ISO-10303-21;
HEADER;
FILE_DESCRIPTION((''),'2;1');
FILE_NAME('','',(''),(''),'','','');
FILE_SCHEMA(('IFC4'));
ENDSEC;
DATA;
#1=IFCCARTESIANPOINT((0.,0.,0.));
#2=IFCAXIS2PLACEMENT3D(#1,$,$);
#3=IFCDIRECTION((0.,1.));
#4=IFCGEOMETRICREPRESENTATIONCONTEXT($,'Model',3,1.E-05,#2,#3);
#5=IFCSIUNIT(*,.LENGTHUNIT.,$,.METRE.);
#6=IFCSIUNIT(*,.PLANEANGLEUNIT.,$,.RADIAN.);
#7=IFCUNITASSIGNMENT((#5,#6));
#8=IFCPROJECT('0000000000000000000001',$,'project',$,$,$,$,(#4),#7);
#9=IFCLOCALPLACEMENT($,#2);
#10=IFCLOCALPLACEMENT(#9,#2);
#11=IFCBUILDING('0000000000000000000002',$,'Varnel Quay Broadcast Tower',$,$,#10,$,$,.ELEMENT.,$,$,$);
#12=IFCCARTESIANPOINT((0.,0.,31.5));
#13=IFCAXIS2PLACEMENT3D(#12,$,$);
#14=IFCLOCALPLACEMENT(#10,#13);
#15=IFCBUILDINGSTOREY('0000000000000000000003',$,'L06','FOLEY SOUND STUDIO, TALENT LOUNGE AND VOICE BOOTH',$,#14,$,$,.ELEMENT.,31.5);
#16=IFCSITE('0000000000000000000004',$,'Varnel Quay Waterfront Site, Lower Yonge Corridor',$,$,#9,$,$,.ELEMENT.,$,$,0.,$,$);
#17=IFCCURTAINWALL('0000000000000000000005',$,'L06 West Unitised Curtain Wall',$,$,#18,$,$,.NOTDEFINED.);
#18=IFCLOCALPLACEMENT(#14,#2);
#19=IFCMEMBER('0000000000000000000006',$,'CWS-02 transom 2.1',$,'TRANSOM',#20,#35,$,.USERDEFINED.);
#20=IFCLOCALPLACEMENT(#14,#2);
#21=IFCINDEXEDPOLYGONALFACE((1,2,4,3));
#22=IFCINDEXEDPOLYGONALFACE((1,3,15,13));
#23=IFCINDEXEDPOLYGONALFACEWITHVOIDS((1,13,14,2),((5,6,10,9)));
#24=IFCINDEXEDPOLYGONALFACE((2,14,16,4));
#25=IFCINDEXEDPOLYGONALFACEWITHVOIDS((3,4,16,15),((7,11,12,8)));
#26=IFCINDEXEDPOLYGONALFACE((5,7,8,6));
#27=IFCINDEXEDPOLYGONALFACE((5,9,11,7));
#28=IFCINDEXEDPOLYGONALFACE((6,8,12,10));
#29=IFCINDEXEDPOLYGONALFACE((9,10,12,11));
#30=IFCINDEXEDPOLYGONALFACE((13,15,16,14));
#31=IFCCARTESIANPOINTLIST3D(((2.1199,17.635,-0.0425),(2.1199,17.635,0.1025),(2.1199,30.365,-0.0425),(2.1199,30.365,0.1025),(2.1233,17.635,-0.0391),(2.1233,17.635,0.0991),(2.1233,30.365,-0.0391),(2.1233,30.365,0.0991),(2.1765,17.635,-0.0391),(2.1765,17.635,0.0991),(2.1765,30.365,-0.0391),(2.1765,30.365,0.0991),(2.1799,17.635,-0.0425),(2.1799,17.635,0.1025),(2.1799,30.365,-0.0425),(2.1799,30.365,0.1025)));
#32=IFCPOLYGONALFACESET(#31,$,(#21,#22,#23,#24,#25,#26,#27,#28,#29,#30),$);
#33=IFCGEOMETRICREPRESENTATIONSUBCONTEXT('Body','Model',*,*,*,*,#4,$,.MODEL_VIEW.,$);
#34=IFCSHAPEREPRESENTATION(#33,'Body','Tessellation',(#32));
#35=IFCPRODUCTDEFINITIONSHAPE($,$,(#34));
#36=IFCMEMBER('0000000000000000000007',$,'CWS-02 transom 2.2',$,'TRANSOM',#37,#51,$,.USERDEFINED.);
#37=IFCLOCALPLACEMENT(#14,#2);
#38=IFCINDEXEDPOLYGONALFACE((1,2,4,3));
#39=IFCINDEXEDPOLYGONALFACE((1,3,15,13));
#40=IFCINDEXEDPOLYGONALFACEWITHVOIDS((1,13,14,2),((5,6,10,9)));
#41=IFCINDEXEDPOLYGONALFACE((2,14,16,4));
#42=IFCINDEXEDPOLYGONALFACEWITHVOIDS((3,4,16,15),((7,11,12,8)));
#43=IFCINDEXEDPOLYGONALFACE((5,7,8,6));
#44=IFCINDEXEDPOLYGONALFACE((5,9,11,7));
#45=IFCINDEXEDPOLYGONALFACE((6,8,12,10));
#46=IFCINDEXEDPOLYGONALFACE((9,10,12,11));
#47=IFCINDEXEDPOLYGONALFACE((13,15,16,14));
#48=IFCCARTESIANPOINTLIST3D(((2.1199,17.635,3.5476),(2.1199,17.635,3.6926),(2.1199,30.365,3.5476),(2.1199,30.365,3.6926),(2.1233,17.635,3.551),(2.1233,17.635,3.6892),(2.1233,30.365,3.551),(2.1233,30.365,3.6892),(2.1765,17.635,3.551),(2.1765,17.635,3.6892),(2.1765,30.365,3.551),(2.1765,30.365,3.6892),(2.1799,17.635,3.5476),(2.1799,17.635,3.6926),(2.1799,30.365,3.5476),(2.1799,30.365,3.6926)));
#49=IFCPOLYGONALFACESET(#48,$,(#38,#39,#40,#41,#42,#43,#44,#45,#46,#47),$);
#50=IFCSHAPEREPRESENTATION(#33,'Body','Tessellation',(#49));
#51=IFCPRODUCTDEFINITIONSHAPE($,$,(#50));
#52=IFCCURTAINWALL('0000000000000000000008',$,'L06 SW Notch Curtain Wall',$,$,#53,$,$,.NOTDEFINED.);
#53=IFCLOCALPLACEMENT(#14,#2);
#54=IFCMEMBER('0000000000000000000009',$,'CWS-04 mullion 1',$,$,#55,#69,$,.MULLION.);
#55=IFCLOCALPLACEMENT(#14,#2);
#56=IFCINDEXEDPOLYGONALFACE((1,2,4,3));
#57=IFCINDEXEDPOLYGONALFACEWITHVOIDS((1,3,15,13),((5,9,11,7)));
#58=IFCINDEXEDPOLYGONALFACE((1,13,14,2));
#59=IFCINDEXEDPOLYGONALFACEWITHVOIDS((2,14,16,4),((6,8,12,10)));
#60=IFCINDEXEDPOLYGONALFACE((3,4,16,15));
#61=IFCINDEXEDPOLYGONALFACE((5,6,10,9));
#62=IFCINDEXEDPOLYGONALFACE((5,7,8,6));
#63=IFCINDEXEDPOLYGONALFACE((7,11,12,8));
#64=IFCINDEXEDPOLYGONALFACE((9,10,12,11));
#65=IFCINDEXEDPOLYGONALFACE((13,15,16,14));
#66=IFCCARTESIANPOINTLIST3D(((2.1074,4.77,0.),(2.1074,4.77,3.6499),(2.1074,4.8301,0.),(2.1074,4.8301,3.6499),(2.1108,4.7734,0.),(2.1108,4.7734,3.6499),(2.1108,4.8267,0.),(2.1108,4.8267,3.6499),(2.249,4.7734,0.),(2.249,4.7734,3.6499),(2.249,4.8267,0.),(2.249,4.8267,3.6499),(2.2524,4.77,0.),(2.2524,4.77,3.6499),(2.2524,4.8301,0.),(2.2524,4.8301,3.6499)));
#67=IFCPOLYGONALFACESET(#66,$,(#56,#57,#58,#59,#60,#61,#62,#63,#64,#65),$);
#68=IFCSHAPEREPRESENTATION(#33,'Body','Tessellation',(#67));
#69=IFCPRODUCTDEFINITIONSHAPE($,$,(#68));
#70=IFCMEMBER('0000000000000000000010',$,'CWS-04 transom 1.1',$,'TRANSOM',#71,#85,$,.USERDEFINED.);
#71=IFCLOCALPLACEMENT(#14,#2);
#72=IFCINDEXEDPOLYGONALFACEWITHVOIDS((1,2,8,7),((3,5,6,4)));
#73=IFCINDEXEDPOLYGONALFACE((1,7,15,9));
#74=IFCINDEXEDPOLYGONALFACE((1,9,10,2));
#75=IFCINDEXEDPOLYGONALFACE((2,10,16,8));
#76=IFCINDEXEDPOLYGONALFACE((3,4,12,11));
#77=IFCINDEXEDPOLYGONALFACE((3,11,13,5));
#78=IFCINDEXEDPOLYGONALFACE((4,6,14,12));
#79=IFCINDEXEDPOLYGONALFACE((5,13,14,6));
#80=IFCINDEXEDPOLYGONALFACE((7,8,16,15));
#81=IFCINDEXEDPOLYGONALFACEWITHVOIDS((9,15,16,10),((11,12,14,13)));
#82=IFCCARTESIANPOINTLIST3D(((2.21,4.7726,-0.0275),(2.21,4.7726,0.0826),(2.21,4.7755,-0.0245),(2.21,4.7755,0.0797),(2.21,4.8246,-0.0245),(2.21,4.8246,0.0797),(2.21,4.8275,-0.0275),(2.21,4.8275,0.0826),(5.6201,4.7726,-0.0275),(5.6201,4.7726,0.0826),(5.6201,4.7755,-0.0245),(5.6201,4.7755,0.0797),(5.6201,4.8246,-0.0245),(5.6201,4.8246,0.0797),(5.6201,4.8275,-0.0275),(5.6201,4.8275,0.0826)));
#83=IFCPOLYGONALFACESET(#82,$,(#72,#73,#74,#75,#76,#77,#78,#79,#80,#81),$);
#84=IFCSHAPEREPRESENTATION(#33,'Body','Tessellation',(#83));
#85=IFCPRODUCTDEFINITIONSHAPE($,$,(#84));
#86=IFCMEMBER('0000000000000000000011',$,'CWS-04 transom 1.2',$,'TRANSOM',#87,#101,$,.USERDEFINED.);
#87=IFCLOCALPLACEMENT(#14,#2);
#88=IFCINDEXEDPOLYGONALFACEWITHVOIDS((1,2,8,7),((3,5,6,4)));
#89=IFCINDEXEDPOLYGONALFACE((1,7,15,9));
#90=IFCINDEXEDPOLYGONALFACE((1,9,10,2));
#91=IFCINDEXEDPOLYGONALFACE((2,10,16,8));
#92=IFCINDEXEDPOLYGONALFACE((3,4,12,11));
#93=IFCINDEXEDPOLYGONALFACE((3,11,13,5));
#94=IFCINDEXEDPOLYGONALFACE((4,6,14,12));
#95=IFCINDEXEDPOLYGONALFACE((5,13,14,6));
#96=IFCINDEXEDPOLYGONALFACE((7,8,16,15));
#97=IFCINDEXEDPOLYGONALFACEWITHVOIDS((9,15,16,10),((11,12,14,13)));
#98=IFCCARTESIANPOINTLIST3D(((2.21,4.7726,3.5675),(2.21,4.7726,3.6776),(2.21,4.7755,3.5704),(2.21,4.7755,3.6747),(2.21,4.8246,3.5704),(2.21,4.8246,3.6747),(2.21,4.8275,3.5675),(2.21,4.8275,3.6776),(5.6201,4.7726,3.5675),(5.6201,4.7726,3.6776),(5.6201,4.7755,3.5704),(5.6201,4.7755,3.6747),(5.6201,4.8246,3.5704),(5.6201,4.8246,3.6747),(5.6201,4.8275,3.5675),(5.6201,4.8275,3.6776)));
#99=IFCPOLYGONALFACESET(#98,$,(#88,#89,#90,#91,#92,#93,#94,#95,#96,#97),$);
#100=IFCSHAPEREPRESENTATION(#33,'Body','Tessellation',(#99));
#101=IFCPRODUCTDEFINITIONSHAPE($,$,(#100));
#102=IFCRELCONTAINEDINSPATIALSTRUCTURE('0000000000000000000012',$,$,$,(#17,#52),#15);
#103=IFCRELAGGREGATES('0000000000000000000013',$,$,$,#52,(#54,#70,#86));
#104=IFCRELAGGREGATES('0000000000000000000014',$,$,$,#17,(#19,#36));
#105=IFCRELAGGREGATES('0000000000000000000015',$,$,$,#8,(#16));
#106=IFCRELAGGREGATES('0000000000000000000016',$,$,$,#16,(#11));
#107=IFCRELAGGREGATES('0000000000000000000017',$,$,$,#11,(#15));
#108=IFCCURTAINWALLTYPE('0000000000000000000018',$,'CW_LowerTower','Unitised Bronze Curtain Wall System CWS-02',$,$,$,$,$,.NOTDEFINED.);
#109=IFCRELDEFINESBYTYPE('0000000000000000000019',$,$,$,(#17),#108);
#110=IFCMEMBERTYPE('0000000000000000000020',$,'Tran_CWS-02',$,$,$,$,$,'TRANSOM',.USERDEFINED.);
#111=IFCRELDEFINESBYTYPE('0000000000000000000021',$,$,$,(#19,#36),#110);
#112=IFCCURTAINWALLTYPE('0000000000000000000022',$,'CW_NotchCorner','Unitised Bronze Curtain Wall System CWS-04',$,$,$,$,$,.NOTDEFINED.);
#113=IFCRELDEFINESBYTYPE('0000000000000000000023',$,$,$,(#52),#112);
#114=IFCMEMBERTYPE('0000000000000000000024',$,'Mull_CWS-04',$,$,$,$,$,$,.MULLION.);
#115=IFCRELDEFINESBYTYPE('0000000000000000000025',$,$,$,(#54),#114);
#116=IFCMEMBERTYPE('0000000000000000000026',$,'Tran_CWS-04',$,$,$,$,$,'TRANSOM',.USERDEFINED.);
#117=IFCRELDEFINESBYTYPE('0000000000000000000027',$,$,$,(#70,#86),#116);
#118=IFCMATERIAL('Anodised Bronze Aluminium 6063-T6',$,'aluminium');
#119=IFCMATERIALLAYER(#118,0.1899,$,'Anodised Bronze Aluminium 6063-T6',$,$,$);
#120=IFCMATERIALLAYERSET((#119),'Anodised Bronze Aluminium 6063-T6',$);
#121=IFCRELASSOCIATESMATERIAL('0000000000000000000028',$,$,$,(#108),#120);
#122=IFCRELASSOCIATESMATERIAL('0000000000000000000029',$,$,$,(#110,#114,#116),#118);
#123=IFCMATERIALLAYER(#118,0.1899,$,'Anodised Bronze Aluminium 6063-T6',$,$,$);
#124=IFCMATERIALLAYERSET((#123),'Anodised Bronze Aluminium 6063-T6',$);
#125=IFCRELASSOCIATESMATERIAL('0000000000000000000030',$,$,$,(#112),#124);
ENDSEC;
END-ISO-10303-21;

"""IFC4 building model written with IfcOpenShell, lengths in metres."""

from ifc_helpers import new_model, si_unit, direction, frame, origin, origin_2d, place, context, subcontext, project, spatial, hollow_rectangle, extrude, source, transform, mapped, material, layer, layer_set, material_profile, profile_set, type_object, type_shapes, element, aggregate, save


model = new_model("IFC4")

# Units and contexts
model_context = context("Model", 3, precision=1e-05, world=origin(), true_north=direction((0.0, 1.0)))
body_context = subcontext(model_context, "Body", "Model", "MODEL_VIEW")
ifc_project = project(units=[si_unit("LENGTHUNIT", "METRE"), si_unit("PLANEANGLEUNIT", "RADIAN")], contexts=[model_context])

# Site, building, storey
site_placement = place(None, origin())
site = spatial("IfcSite", under=ifc_project, at=site_placement, Name="Varnel Quay Waterfront Site, Lower Yonge Corridor", CompositionType="ELEMENT", RefElevation=0.0)
building_placement = place(site_placement, origin())
building = spatial("IfcBuilding", under=site, at=building_placement, Name="Varnel Quay Broadcast Tower", CompositionType="ELEMENT")
storey_placement = place(building_placement, frame((0.0, 0.0, 31.5)))
storey = spatial("IfcBuildingStorey", under=building, at=storey_placement, Name="L06", Description="FOLEY SOUND STUDIO, TALENT LOUNGE AND VOICE BOOTH", CompositionType="ELEMENT", Elevation=31.5)

# Curtain walls, members
ifc_material_1 = material(Name="Anodised Bronze Aluminium 6063-T6", Category="aluminium")
ifc_layer_1 = layer(ifc_material_1, 0.1899, Name="Anodised Bronze Aluminium 6063-T6")
ifc_layer_set_1 = layer_set([ifc_layer_1], Name="Anodised Bronze Aluminium 6063-T6")
curtain_wall_type_1 = type_object("IfcCurtainWallType", Name="CW_LowerTower", Description="Unitised Bronze Curtain Wall System CWS-02", PredefinedType="NOTDEFINED", material=ifc_layer_set_1)
curtain_wall_1_placement = place(storey_placement, origin())
curtain_wall_1 = element("IfcCurtainWall", 1, at=curtain_wall_1_placement, inside=storey, type_object=curtain_wall_type_1, Name="L06 West Unitised Curtain Wall", PredefinedType="NOTDEFINED")
ifc_material_profile_1 = material_profile(ifc_material_1, hollow_rectangle(XDim=0.0601, YDim=0.145, WallThickness=0.0034, at=origin_2d()), Name="ALU60X145X3.5")
ifc_profile_set_1 = profile_set([ifc_material_profile_1], Name="Anodised Bronze Aluminium 6063-T6")
member_type_1 = type_object("IfcMemberType", Name="Tran_CWS-02", ElementType="TRANSOM", PredefinedType="USERDEFINED", material=ifc_profile_set_1)
shared_shape_1 = source(origin(), body_context, "Body", "SweptSolid", [
    extrude(hollow_rectangle(XDim=0.0601, YDim=0.145, WallThickness=0.0034, at=origin_2d()), origin(), (0.0, 0.0, 1.0), 12.73),
])
member_1_placement = place(storey_placement, frame((2.1499, 17.635, 0.03), z_axis=(0.0, 1.0, 0.0), x_axis=(-1.0, 0.0, 0.0)))
member_1 = element("IfcMember", 2, at=member_1_placement, type_object=member_type_1, Name="CWS-02 transom 2.1", ObjectType="TRANSOM", PredefinedType="USERDEFINED", context=body_context, shape_type="MappedRepresentation", body=[
    mapped(shared_shape_1, transform((0.0, 0.0, 0.0), x_axis=(1.0, 0.0, 0.0), y_axis=(0.0, 1.0, 0.0), z_axis=(0.0, 0.0, 1.0), scale=1.0)),
])
member_2_placement = place(storey_placement, frame((2.1499, 17.635, 3.6201), z_axis=(0.0, 1.0, 0.0), x_axis=(-1.0, 0.0, 0.0)))
member_2 = element("IfcMember", 3, at=member_2_placement, type_object=member_type_1, Name="CWS-02 transom 2.2", ObjectType="TRANSOM", PredefinedType="USERDEFINED", context=body_context, shape_type="MappedRepresentation", body=[
    mapped(shared_shape_1, transform((0.0, 0.0, 0.0), x_axis=(1.0, 0.0, 0.0), y_axis=(0.0, 1.0, 0.0), z_axis=(0.0, 0.0, 1.0), scale=1.0)),
])
ifc_layer_2 = layer(ifc_material_1, 0.1899, Name="Anodised Bronze Aluminium 6063-T6")
ifc_layer_set_2 = layer_set([ifc_layer_2], Name="Anodised Bronze Aluminium 6063-T6")
curtain_wall_type_2 = type_object("IfcCurtainWallType", Name="CW_NotchCorner", Description="Unitised Bronze Curtain Wall System CWS-04", PredefinedType="NOTDEFINED", material=ifc_layer_set_2)
curtain_wall_2_placement = place(storey_placement, origin())
curtain_wall_2 = element("IfcCurtainWall", 4, at=curtain_wall_2_placement, inside=storey, type_object=curtain_wall_type_2, Name="L06 SW Notch Curtain Wall", PredefinedType="NOTDEFINED")
ifc_material_profile_2 = material_profile(ifc_material_1, hollow_rectangle(XDim=0.0601, YDim=0.145, WallThickness=0.0034, at=origin_2d()), Name="ALU60X145X3.5")
ifc_profile_set_2 = profile_set([ifc_material_profile_2], Name="Anodised Bronze Aluminium 6063-T6")
member_type_2 = type_object("IfcMemberType", Name="Mull_CWS-04", PredefinedType="MULLION", material=ifc_profile_set_2)
shared_shape_2 = source(origin(), body_context, "Body", "SweptSolid", [
    extrude(hollow_rectangle(XDim=0.0601, YDim=0.145, WallThickness=0.0034, at=origin_2d()), origin(), (0.0, 0.0, 1.0), 3.6499),
])
type_shapes(member_type_2, [shared_shape_2])
member_3_placement = place(storey_placement, frame((2.1799, 4.8, 0.0), z_axis=(0.0, 0.0, 1.0), x_axis=(0.0, 1.0, 0.0)))
member_3 = element("IfcMember", 5, at=member_3_placement, type_object=member_type_2, Name="CWS-04 mullion 1", PredefinedType="MULLION", context=body_context, shape_type="MappedRepresentation", body=[
    mapped(shared_shape_2, transform((0.0, 0.0, 0.0), x_axis=(1.0, 0.0, 0.0), y_axis=(0.0, 1.0, 0.0), z_axis=(0.0, 0.0, 1.0), scale=1.0)),
])
ifc_material_profile_3 = material_profile(ifc_material_1, hollow_rectangle(XDim=0.0549, YDim=0.1101, WallThickness=0.0029, at=origin_2d()), Name="ALU55X110X3")
ifc_profile_set_3 = profile_set([ifc_material_profile_3], Name="Anodised Bronze Aluminium 6063-T6")
member_type_3 = type_object("IfcMemberType", Name="Tran_CWS-04", ElementType="TRANSOM", PredefinedType="USERDEFINED", material=ifc_profile_set_3)
shared_shape_3 = source(origin(), body_context, "Body", "SweptSolid", [
    extrude(hollow_rectangle(XDim=0.0549, YDim=0.1101, WallThickness=0.0029, at=origin_2d()), origin(), (0.0, 0.0, 1.0), 3.4102),
])
type_shapes(member_type_3, [shared_shape_3])
member_4_placement = place(storey_placement, frame((2.21, 4.8, 0.0276), z_axis=(1.0, 0.0, 0.0), x_axis=(0.0, 1.0, 0.0)))
member_4 = element("IfcMember", 6, at=member_4_placement, type_object=member_type_3, Name="CWS-04 transom 1.1", ObjectType="TRANSOM", PredefinedType="USERDEFINED", context=body_context, shape_type="MappedRepresentation", body=[
    mapped(shared_shape_3, transform((0.0, 0.0, 0.0), x_axis=(1.0, 0.0, 0.0), y_axis=(0.0, 1.0, 0.0), z_axis=(0.0, 0.0, 1.0), scale=1.0)),
])
member_5_placement = place(storey_placement, frame((2.21, 4.8, 3.6226), z_axis=(1.0, 0.0, 0.0), x_axis=(0.0, 1.0, 0.0)))
member_5 = element("IfcMember", 7, at=member_5_placement, type_object=member_type_3, Name="CWS-04 transom 1.2", ObjectType="TRANSOM", PredefinedType="USERDEFINED", context=body_context, shape_type="MappedRepresentation", body=[
    mapped(shared_shape_3, transform((0.0, 0.0, 0.0), x_axis=(1.0, 0.0, 0.0), y_axis=(0.0, 1.0, 0.0), z_axis=(0.0, 0.0, 1.0), scale=1.0)),
])
aggregate(curtain_wall_2, [member_3, member_4, member_5])

aggregate(curtain_wall_1, [member_1, member_2])

save(model, "model.ifc")
